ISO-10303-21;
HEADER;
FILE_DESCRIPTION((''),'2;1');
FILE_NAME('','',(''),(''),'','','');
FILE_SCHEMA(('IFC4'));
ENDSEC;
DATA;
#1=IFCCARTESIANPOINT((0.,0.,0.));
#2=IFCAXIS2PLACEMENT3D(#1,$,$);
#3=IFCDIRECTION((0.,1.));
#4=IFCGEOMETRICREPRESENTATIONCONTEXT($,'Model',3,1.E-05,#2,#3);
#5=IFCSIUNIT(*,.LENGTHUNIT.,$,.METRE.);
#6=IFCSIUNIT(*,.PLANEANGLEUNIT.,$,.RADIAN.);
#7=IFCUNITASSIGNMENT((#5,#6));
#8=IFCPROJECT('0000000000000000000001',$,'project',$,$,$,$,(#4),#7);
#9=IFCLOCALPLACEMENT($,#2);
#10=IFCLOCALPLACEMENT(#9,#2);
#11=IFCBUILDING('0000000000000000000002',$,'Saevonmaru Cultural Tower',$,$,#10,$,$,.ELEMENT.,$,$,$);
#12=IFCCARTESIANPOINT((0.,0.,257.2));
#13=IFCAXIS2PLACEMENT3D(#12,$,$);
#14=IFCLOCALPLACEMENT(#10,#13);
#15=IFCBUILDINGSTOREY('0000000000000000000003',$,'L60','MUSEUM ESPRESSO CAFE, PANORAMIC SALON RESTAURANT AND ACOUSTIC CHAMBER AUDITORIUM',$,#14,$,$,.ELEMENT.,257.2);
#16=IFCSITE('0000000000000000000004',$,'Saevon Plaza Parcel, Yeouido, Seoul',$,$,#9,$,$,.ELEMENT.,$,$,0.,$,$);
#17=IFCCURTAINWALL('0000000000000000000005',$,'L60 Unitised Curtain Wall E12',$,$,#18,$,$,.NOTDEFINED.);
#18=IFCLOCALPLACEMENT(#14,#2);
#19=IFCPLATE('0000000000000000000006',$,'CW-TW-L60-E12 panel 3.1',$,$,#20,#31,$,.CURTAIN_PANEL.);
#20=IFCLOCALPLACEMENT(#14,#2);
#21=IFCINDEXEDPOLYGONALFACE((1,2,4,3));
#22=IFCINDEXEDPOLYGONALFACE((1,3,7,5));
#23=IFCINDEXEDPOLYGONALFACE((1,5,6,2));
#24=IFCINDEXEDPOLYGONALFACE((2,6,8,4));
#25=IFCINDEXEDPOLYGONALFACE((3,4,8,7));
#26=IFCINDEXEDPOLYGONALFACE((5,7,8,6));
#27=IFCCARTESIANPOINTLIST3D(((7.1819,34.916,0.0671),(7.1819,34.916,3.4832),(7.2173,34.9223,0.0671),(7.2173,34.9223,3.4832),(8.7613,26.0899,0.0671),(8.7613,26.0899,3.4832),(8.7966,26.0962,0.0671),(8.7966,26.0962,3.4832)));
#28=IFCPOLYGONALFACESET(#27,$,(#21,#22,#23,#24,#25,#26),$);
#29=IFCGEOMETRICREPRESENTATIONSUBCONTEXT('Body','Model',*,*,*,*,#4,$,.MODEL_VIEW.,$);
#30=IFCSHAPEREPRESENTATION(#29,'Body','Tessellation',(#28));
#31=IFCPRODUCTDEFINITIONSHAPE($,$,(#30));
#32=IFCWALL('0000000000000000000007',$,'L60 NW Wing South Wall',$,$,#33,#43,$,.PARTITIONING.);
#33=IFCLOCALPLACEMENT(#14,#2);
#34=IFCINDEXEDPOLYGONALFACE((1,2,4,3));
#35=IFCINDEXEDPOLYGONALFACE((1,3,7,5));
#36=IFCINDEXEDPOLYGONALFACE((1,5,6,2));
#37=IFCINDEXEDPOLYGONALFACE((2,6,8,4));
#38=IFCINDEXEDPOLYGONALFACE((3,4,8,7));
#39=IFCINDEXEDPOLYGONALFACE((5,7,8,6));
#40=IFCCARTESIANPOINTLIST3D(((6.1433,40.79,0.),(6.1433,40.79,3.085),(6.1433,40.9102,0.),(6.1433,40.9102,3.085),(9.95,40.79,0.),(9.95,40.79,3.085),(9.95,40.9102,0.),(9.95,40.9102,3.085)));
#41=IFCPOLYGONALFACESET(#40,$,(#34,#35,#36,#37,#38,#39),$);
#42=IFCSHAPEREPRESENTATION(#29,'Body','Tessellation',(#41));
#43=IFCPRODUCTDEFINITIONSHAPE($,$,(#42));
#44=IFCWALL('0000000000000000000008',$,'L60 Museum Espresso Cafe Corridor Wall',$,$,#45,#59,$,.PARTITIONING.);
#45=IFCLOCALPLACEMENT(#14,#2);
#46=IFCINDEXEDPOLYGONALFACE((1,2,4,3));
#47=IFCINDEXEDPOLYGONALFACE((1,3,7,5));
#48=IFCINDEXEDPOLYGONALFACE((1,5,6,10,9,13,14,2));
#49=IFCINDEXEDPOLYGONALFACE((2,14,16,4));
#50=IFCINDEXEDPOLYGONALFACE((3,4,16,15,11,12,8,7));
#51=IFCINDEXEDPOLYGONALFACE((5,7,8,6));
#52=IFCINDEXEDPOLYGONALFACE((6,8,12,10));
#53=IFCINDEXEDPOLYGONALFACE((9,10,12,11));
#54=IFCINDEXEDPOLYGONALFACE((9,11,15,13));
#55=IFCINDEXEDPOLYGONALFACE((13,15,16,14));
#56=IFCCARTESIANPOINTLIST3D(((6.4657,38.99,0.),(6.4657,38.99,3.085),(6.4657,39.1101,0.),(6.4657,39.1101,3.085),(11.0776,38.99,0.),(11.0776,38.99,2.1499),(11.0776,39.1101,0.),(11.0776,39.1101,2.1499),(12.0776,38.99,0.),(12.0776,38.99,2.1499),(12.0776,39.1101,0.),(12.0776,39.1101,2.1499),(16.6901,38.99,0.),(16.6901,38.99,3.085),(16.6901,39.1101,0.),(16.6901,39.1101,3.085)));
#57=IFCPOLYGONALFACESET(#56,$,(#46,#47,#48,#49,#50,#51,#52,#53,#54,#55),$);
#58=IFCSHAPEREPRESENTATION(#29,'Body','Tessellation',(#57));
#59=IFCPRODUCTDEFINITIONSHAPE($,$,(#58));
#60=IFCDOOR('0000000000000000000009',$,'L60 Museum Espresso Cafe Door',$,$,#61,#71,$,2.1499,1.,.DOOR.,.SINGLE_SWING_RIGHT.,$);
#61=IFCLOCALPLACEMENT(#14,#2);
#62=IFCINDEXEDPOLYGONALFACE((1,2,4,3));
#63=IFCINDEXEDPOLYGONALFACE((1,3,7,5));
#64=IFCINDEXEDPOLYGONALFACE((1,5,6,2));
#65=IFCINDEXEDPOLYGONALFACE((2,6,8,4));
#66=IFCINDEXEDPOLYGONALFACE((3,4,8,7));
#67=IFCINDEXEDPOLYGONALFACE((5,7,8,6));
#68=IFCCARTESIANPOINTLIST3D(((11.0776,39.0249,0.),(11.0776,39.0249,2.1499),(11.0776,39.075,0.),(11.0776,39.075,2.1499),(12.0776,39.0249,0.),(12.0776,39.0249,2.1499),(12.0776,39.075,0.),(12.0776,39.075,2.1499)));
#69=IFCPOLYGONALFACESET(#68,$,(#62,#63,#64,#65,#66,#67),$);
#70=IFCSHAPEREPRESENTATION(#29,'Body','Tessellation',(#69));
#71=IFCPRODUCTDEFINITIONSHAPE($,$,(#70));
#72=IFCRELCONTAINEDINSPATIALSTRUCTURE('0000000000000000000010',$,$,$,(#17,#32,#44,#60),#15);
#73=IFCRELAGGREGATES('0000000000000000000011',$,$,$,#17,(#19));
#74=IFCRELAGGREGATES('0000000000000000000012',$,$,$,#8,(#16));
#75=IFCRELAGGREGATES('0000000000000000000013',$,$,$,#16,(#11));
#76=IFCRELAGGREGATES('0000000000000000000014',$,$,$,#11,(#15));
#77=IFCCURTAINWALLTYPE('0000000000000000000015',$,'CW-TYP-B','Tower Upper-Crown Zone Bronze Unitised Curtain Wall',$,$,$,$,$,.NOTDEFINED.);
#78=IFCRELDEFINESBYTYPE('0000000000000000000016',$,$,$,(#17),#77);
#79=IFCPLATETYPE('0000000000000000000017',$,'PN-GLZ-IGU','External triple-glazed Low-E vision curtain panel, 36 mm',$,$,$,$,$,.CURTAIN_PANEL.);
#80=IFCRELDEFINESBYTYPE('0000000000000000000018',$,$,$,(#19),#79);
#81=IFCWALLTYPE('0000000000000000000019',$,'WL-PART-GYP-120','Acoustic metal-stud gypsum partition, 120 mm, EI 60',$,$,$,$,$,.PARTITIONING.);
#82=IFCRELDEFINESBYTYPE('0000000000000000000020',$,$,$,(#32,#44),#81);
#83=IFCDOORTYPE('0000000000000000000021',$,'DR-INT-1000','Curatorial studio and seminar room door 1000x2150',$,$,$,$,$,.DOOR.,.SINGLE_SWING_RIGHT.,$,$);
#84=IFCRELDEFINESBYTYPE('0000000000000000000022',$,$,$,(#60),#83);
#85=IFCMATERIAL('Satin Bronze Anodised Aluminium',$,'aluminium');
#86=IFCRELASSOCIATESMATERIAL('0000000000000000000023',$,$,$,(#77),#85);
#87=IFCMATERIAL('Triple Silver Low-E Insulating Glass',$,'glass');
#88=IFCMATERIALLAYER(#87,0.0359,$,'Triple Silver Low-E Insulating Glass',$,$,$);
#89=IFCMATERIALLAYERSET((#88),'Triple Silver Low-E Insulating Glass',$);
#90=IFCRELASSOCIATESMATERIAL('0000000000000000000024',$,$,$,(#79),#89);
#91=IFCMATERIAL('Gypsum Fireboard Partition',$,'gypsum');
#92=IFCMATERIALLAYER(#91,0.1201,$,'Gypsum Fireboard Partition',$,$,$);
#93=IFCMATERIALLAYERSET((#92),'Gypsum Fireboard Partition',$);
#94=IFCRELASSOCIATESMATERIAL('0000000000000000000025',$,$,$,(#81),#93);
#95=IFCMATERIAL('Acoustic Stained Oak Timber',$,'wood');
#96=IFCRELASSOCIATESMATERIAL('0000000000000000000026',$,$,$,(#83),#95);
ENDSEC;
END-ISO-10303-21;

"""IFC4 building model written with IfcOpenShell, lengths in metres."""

from ifc_helpers import new_model, si_unit, direction, frame, frame_2d, origin, origin_2d, place, context, subcontext, project, spatial, rectangle, extrude, material, layer, layer_set, type_object, element, fill, aggregate, save


model = new_model("IFC4")

# Units and contexts
model_context = context("Model", 3, precision=1e-05, world=origin(), true_north=direction((0.0, 1.0)))
body_context = subcontext(model_context, "Body", "Model", "MODEL_VIEW")
ifc_project = project(units=[si_unit("LENGTHUNIT", "METRE"), si_unit("PLANEANGLEUNIT", "RADIAN")], contexts=[model_context])

# Site, building, storey
site_placement = place(None, origin())
site = spatial("IfcSite", under=ifc_project, at=site_placement, Name="Saevon Plaza Parcel, Yeouido, Seoul", CompositionType="ELEMENT", RefElevation=0.0)
building_placement = place(site_placement, origin())
building = spatial("IfcBuilding", under=site, at=building_placement, Name="Saevonmaru Cultural Tower", CompositionType="ELEMENT")
storey_placement = place(building_placement, frame((0.0, 0.0, 257.2)))
storey = spatial("IfcBuildingStorey", under=building, at=storey_placement, Name="L60", Description="MUSEUM ESPRESSO CAFE, PANORAMIC SALON RESTAURANT AND ACOUSTIC CHAMBER AUDITORIUM", CompositionType="ELEMENT", Elevation=257.2)

# Curtain wall
ifc_material_1 = material(Name="Satin Bronze Anodised Aluminium", Category="aluminium")
curtain_wall_type = type_object("IfcCurtainWallType", Name="CW-TYP-B", Description="Tower Upper-Crown Zone Bronze Unitised Curtain Wall", PredefinedType="NOTDEFINED", material=ifc_material_1)
curtain_wall_placement = place(storey_placement, origin())
curtain_wall = element("IfcCurtainWall", 1, at=curtain_wall_placement, inside=storey, type_object=curtain_wall_type, Name="L60 Unitised Curtain Wall E12", PredefinedType="NOTDEFINED")

# Plate
ifc_material_2 = material(Name="Triple Silver Low-E Insulating Glass", Category="glass")
ifc_layer_1 = layer(ifc_material_2, 0.0359, Name="Triple Silver Low-E Insulating Glass")
ifc_layer_set_1 = layer_set([ifc_layer_1], Name="Triple Silver Low-E Insulating Glass")
plate_type_1 = type_object("IfcPlateType", Name="PN-GLZ-IGU", Description="External triple-glazed Low-E vision curtain panel, 36 mm", PredefinedType="CURTAIN_PANEL", material=ifc_layer_set_1)
plate_1_placement = place(storey_placement, frame((7.9893, 30.5061, 0.0671), z_axis=(0.0, 0.0, 1.0), x_axis=(0.176141, -0.984365, 0.0)))
plate_1 = element("IfcPlate", 2, at=plate_1_placement, type_object=plate_type_1, Name="CW-TW-L60-E12 panel 3.1", PredefinedType="CURTAIN_PANEL", context=body_context, shape_type="SweptSolid", body=[
    extrude(rectangle(XDim=8.9663, YDim=0.0359, at=origin_2d()), origin(), (0.0, 0.0, 1.0), 3.416),
])
aggregate(curtain_wall, [plate_1])

# Wall
ifc_material_3 = material(Name="Gypsum Fireboard Partition", Category="gypsum")
ifc_layer_2 = layer(ifc_material_3, 0.1201, Name="Gypsum Fireboard Partition")
ifc_layer_set_2 = layer_set([ifc_layer_2], Name="Gypsum Fireboard Partition")
wall_type_1 = type_object("IfcWallType", Name="WL-PART-GYP-120", Description="Acoustic metal-stud gypsum partition, 120 mm, EI 60", PredefinedType="PARTITIONING", material=ifc_layer_set_2)
wall_1_placement = place(storey_placement, frame((6.1433, 40.8501, 0.0), z_axis=(0.0, 0.0, 1.0), x_axis=(1.0, 0.0, 0.0)))
element("IfcWall", 3, at=wall_1_placement, inside=storey, type_object=wall_type_1, Name="L60 NW Wing South Wall", PredefinedType="PARTITIONING", context=body_context, shape_type="SweptSolid", body=[
    extrude(rectangle(XDim=3.8066, YDim=0.1201, at=frame_2d((1.9033, 0.0))), origin(), (0.0, 0.0, 1.0), 3.085),
])

# Wall, opening, door
wall_2_placement = place(storey_placement, frame((6.4656, 39.05, 0.0), z_axis=(0.0, 0.0, 1.0), x_axis=(1.0, 0.0, 0.0)))
wall_2 = element("IfcWall", 4, at=wall_2_placement, inside=storey, type_object=wall_type_1, Name="L60 Museum Espresso Cafe Corridor Wall", PredefinedType="PARTITIONING", context=body_context, shape_type="SweptSolid", body=[
    extrude(rectangle(XDim=10.2244, YDim=0.1201, at=frame_2d((5.1123, 0.0))), origin(), (0.0, 0.0, 1.0), 3.085),
])
opening_1_placement = place(wall_2_placement, frame((4.6121, 0.0, 0.0)))
opening_1 = element("IfcOpeningElement", 5, at=opening_1_placement, cuts=wall_2, PredefinedType="OPENING", context=body_context, shape_type="SweptSolid", body=[
    extrude(rectangle(XDim=1.0, YDim=2.1499, at=frame_2d((0.5, 1.075))), frame((0.0, 0.0701, 0.0), z_axis=(0.0, -1.0, 0.0), x_axis=(1.0, 0.0, 0.0)), (0.0, 0.0, 1.0), 0.1401),
])
ifc_material_4 = material(Name="Acoustic Stained Oak Timber", Category="wood")
door_type_1 = type_object("IfcDoorType", Name="DR-INT-1000", Description="Curatorial studio and seminar room door 1000x2150", OperationType="SINGLE_SWING_RIGHT", PredefinedType="DOOR", material=ifc_material_4)
door_1_placement = place(opening_1_placement, origin())
door_1 = element("IfcDoor", 6, at=door_1_placement, inside=storey, type_object=door_type_1, Name="L60 Museum Espresso Cafe Door", OperationType="SINGLE_SWING_RIGHT", OverallHeight=2.1499, OverallWidth=1.0, PredefinedType="DOOR", context=body_context, shape_type="SweptSolid", body=[
    extrude(rectangle(XDim=1.0, YDim=2.1499, at=frame_2d((0.5, 1.075))), frame((0.0, 0.0249, 0.0), z_axis=(0.0, -1.0, 0.0), x_axis=(1.0, 0.0, 0.0)), (0.0, 0.0, 1.0), 0.05),
])
fill(opening_1, door_1)

save(model, "model.ifc")
